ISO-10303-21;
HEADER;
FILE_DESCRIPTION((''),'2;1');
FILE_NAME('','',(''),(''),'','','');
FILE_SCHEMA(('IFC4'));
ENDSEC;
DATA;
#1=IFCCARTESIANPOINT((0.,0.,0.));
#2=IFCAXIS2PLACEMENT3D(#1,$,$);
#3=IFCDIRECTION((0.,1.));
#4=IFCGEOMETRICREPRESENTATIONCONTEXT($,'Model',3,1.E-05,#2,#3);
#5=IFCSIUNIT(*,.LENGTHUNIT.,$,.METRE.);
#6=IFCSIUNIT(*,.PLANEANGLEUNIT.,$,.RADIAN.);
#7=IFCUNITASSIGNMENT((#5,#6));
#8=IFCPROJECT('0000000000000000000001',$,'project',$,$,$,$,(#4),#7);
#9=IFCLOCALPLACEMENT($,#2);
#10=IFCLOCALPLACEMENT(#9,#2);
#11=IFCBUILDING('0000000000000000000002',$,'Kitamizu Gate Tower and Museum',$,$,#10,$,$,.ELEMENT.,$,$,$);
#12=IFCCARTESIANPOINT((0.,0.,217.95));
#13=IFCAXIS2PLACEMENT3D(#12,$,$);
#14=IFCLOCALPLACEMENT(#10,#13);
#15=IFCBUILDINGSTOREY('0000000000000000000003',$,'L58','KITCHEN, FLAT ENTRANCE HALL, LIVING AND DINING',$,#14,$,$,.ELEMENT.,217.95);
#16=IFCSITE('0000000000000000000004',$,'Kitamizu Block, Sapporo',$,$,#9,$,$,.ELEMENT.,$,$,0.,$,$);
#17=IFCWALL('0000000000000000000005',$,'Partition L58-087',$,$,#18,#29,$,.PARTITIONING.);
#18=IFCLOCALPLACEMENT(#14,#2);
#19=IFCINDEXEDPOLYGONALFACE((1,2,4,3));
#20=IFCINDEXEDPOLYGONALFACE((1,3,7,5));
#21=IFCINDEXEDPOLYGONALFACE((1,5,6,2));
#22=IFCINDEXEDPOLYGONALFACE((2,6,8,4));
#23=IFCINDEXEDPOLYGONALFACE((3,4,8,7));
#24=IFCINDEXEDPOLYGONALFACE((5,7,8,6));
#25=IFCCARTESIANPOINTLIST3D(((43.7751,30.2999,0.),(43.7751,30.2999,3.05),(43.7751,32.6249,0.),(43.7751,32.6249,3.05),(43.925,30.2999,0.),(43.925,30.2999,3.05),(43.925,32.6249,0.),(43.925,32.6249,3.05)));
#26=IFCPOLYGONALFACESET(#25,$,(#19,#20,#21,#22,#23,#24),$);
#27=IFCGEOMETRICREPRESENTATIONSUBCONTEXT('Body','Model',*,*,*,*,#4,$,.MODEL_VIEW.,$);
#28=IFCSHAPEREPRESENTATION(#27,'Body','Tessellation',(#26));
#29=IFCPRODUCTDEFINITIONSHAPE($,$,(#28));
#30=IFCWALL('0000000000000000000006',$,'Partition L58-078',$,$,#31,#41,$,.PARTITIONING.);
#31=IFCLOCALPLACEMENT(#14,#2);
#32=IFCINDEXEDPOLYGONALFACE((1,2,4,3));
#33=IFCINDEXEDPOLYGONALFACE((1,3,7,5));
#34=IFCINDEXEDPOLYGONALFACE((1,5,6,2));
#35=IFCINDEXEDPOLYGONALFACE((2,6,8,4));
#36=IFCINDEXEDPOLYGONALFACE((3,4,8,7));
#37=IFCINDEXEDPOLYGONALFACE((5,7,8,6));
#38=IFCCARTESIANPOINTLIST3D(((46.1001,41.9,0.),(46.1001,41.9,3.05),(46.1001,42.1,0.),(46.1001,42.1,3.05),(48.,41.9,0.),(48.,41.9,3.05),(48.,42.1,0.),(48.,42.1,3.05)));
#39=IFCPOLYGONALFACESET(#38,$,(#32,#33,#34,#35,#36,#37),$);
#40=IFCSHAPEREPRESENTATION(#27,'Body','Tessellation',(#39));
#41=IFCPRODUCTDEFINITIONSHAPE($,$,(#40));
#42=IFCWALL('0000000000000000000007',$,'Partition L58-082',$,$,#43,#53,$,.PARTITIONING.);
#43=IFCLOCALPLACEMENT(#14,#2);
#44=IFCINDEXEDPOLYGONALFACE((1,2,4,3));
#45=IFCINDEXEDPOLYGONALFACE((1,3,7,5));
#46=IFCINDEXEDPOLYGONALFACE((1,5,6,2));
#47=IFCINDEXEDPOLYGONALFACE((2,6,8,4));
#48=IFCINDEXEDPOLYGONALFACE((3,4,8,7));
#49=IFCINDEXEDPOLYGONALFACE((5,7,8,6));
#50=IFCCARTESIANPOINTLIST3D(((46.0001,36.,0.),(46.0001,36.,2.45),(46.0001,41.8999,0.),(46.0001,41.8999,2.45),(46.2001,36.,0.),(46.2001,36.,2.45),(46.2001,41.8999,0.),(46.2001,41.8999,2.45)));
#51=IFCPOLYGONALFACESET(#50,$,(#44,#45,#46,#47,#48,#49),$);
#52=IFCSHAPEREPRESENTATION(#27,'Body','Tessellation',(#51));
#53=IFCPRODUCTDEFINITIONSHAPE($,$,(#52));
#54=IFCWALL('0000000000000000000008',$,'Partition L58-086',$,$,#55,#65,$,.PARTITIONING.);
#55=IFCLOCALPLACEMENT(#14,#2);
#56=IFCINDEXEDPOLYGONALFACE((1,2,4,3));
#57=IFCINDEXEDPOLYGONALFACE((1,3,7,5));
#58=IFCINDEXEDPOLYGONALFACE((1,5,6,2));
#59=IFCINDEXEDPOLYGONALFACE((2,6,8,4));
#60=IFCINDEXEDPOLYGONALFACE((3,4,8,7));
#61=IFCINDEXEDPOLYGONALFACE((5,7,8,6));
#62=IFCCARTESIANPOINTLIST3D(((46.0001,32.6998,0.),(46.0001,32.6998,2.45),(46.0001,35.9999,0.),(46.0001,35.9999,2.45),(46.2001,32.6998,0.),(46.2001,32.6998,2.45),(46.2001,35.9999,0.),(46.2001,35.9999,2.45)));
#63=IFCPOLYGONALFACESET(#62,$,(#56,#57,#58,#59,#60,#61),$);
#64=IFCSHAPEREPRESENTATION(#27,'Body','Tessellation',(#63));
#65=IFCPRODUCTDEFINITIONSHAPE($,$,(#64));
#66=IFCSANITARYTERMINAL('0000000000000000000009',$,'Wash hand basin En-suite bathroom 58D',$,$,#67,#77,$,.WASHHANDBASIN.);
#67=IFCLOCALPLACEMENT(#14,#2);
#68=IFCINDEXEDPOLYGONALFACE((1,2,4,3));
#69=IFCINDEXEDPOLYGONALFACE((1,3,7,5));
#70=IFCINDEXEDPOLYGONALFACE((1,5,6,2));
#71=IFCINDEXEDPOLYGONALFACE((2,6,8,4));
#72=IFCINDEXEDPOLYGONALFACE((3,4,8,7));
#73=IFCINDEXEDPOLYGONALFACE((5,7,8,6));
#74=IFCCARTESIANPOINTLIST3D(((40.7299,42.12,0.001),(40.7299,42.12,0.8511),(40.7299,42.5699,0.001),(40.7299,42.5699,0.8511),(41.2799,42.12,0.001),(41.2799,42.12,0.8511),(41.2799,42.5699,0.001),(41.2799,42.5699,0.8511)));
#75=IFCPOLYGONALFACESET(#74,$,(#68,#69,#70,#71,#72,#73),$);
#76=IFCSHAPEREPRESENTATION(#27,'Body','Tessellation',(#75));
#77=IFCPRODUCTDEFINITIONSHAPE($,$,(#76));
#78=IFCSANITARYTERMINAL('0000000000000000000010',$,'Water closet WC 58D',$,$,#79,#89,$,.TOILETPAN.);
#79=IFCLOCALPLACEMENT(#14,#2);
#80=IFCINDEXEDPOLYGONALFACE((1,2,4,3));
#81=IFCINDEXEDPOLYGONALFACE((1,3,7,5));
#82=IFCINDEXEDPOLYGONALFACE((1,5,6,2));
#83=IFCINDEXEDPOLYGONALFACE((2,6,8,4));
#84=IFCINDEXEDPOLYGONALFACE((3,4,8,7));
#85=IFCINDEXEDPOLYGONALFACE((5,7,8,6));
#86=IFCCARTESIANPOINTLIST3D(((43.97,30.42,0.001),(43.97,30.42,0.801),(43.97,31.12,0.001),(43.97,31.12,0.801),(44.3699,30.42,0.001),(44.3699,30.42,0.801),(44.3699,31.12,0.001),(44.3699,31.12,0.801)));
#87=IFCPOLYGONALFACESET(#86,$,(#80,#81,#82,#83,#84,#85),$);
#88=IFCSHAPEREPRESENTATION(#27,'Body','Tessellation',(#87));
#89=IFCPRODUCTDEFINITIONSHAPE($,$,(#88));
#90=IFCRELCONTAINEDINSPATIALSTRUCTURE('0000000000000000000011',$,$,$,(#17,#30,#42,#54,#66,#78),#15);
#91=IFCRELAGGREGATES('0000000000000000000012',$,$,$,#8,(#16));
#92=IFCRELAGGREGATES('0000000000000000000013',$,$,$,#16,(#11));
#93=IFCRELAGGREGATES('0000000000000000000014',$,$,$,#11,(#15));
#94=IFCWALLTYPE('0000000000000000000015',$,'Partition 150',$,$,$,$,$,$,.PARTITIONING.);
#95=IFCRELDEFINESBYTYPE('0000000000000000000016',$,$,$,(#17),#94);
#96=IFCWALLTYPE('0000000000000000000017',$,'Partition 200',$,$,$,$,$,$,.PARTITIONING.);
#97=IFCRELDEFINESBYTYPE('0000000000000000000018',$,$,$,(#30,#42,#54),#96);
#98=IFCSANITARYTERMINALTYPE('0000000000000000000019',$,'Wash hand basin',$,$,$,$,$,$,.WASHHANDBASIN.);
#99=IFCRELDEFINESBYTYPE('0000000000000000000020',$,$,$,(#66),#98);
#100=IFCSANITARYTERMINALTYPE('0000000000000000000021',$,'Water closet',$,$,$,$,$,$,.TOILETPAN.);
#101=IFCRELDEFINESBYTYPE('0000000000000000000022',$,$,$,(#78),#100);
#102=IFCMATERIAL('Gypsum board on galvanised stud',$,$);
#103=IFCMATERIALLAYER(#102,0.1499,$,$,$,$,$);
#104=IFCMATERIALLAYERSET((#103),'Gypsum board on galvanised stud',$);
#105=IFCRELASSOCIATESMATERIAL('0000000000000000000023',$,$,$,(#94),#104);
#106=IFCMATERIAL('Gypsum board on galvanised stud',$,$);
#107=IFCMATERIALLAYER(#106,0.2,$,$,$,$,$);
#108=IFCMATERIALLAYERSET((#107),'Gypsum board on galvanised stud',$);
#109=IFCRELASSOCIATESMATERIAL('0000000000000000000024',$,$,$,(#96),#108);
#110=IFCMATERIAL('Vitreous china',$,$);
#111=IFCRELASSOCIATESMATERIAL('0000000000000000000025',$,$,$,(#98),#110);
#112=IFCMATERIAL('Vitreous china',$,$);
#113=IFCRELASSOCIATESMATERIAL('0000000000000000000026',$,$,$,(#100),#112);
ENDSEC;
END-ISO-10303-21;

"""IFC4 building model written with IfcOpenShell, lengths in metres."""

from ifc_helpers import new_model, si_unit, direction, frame, frame_2d, origin, origin_2d, place, context, subcontext, project, spatial, rectangle, extrude, material, layer, layer_set, type_object, element, save


model = new_model("IFC4")

# Units and contexts
model_context = context("Model", 3, precision=1e-05, world=origin(), true_north=direction((0.0, 1.0)))
body_context = subcontext(model_context, "Body", "Model", "MODEL_VIEW")
ifc_project = project(units=[si_unit("LENGTHUNIT", "METRE"), si_unit("PLANEANGLEUNIT", "RADIAN")], contexts=[model_context])

# Site, building, storey
site_placement = place(None, origin())
site = spatial("IfcSite", under=ifc_project, at=site_placement, Name="Kitamizu Block, Sapporo", CompositionType="ELEMENT", RefElevation=0.0)
building_placement = place(site_placement, origin())
building = spatial("IfcBuilding", under=site, at=building_placement, Name="Kitamizu Gate Tower and Museum", CompositionType="ELEMENT")
storey_placement = place(building_placement, frame((0.0, 0.0, 217.95)))
storey = spatial("IfcBuildingStorey", under=building, at=storey_placement, Name="L58", Description="KITCHEN, FLAT ENTRANCE HALL, LIVING AND DINING", CompositionType="ELEMENT", Elevation=217.95)

# Shared definitions
ifc_material_1 = material(Name="Gypsum board on galvanised stud")
ifc_layer_1 = layer(ifc_material_1, 0.1499)
ifc_layer_set_1 = layer_set([ifc_layer_1], Name="Gypsum board on galvanised stud")
wall_type_1 = type_object("IfcWallType", Name="Partition 150", PredefinedType="PARTITIONING", material=ifc_layer_set_1)

# Walls
wall_1_placement = place(storey_placement, frame((43.8501, 32.625, 0.0), z_axis=(0.0, 0.0, 1.0), x_axis=(0.0, -1.0, 0.0)))
element("IfcWall", 1, at=wall_1_placement, inside=storey, type_object=wall_type_1, Name="Partition L58-087", PredefinedType="PARTITIONING", context=body_context, shape_type="SweptSolid", body=[
    extrude(rectangle(XDim=2.325, YDim=0.1499, at=frame_2d((1.1626, 0.0))), origin(), (0.0, 0.0, 1.0), 3.05),
])
ifc_material_2 = material(Name="Gypsum board on galvanised stud")
ifc_layer_2 = layer(ifc_material_2, 0.2)
ifc_layer_set_2 = layer_set([ifc_layer_2], Name="Gypsum board on galvanised stud")
wall_type_2 = type_object("IfcWallType", Name="Partition 200", PredefinedType="PARTITIONING", material=ifc_layer_set_2)
wall_2_placement = place(storey_placement, frame((46.1001, 42.0, 0.0), z_axis=(0.0, 0.0, 1.0), x_axis=(1.0, 0.0, 0.0)))
element("IfcWall", 2, at=wall_2_placement, inside=storey, type_object=wall_type_2, Name="Partition L58-078", PredefinedType="PARTITIONING", context=body_context, shape_type="SweptSolid", body=[
    extrude(rectangle(XDim=1.8999, YDim=0.2, at=frame_2d((0.95, 0.0))), origin(), (0.0, 0.0, 1.0), 3.05),
])
wall_3_placement = place(storey_placement, frame((46.1001, 36.0, 0.0), z_axis=(0.0, 0.0, 1.0), x_axis=(0.0, 1.0, 0.0)))
element("IfcWall", 3, at=wall_3_placement, inside=storey, type_object=wall_type_2, Name="Partition L58-082", PredefinedType="PARTITIONING", context=body_context, shape_type="SweptSolid", body=[
    extrude(rectangle(XDim=5.8999, YDim=0.2, at=frame_2d((2.95, 0.0))), origin(), (0.0, 0.0, 1.0), 2.45),
])
wall_4_placement = place(storey_placement, frame((46.1001, 32.7, 0.0), z_axis=(0.0, 0.0, 1.0), x_axis=(0.0, 1.0, 0.0)))
element("IfcWall", 4, at=wall_4_placement, inside=storey, type_object=wall_type_2, Name="Partition L58-086", PredefinedType="PARTITIONING", context=body_context, shape_type="SweptSolid", body=[
    extrude(rectangle(XDim=3.3, YDim=0.2, at=frame_2d((1.6499, 0.0))), origin(), (0.0, 0.0, 1.0), 2.45),
])

# Sanitary terminals
ifc_material_3 = material(Name="Vitreous china")
sanitary_terminal_type_1 = type_object("IfcSanitaryTerminalType", Name="Wash hand basin", PredefinedType="WASHHANDBASIN", material=ifc_material_3)
sanitary_terminal_1_placement = place(storey_placement, frame((41.0049, 42.345, 0.001), z_axis=(0.0, 0.0, 1.0), x_axis=(1.0, 0.0, 0.0)))
element("IfcSanitaryTerminal", 5, at=sanitary_terminal_1_placement, inside=storey, type_object=sanitary_terminal_type_1, Name="Wash hand basin En-suite bathroom 58D", PredefinedType="WASHHANDBASIN", context=body_context, shape_type="SweptSolid", body=[
    extrude(rectangle(XDim=0.55, YDim=0.45, at=origin_2d()), origin(), (0.0, 0.0, 1.0), 0.8501),
])
ifc_material_4 = material(Name="Vitreous china")
sanitary_terminal_type_2 = type_object("IfcSanitaryTerminalType", Name="Water closet", PredefinedType="TOILETPAN", material=ifc_material_4)
sanitary_terminal_2_placement = place(storey_placement, frame((44.1699, 30.77, 0.001), z_axis=(0.0, 0.0, 1.0), x_axis=(1.0, 0.0, 0.0)))
element("IfcSanitaryTerminal", 6, at=sanitary_terminal_2_placement, inside=storey, type_object=sanitary_terminal_type_2, Name="Water closet WC 58D", PredefinedType="TOILETPAN", context=body_context, shape_type="SweptSolid", body=[
    extrude(rectangle(XDim=0.3999, YDim=0.7, at=origin_2d()), origin(), (0.0, 0.0, 1.0), 0.8),
])

save(model, "model.ifc")
